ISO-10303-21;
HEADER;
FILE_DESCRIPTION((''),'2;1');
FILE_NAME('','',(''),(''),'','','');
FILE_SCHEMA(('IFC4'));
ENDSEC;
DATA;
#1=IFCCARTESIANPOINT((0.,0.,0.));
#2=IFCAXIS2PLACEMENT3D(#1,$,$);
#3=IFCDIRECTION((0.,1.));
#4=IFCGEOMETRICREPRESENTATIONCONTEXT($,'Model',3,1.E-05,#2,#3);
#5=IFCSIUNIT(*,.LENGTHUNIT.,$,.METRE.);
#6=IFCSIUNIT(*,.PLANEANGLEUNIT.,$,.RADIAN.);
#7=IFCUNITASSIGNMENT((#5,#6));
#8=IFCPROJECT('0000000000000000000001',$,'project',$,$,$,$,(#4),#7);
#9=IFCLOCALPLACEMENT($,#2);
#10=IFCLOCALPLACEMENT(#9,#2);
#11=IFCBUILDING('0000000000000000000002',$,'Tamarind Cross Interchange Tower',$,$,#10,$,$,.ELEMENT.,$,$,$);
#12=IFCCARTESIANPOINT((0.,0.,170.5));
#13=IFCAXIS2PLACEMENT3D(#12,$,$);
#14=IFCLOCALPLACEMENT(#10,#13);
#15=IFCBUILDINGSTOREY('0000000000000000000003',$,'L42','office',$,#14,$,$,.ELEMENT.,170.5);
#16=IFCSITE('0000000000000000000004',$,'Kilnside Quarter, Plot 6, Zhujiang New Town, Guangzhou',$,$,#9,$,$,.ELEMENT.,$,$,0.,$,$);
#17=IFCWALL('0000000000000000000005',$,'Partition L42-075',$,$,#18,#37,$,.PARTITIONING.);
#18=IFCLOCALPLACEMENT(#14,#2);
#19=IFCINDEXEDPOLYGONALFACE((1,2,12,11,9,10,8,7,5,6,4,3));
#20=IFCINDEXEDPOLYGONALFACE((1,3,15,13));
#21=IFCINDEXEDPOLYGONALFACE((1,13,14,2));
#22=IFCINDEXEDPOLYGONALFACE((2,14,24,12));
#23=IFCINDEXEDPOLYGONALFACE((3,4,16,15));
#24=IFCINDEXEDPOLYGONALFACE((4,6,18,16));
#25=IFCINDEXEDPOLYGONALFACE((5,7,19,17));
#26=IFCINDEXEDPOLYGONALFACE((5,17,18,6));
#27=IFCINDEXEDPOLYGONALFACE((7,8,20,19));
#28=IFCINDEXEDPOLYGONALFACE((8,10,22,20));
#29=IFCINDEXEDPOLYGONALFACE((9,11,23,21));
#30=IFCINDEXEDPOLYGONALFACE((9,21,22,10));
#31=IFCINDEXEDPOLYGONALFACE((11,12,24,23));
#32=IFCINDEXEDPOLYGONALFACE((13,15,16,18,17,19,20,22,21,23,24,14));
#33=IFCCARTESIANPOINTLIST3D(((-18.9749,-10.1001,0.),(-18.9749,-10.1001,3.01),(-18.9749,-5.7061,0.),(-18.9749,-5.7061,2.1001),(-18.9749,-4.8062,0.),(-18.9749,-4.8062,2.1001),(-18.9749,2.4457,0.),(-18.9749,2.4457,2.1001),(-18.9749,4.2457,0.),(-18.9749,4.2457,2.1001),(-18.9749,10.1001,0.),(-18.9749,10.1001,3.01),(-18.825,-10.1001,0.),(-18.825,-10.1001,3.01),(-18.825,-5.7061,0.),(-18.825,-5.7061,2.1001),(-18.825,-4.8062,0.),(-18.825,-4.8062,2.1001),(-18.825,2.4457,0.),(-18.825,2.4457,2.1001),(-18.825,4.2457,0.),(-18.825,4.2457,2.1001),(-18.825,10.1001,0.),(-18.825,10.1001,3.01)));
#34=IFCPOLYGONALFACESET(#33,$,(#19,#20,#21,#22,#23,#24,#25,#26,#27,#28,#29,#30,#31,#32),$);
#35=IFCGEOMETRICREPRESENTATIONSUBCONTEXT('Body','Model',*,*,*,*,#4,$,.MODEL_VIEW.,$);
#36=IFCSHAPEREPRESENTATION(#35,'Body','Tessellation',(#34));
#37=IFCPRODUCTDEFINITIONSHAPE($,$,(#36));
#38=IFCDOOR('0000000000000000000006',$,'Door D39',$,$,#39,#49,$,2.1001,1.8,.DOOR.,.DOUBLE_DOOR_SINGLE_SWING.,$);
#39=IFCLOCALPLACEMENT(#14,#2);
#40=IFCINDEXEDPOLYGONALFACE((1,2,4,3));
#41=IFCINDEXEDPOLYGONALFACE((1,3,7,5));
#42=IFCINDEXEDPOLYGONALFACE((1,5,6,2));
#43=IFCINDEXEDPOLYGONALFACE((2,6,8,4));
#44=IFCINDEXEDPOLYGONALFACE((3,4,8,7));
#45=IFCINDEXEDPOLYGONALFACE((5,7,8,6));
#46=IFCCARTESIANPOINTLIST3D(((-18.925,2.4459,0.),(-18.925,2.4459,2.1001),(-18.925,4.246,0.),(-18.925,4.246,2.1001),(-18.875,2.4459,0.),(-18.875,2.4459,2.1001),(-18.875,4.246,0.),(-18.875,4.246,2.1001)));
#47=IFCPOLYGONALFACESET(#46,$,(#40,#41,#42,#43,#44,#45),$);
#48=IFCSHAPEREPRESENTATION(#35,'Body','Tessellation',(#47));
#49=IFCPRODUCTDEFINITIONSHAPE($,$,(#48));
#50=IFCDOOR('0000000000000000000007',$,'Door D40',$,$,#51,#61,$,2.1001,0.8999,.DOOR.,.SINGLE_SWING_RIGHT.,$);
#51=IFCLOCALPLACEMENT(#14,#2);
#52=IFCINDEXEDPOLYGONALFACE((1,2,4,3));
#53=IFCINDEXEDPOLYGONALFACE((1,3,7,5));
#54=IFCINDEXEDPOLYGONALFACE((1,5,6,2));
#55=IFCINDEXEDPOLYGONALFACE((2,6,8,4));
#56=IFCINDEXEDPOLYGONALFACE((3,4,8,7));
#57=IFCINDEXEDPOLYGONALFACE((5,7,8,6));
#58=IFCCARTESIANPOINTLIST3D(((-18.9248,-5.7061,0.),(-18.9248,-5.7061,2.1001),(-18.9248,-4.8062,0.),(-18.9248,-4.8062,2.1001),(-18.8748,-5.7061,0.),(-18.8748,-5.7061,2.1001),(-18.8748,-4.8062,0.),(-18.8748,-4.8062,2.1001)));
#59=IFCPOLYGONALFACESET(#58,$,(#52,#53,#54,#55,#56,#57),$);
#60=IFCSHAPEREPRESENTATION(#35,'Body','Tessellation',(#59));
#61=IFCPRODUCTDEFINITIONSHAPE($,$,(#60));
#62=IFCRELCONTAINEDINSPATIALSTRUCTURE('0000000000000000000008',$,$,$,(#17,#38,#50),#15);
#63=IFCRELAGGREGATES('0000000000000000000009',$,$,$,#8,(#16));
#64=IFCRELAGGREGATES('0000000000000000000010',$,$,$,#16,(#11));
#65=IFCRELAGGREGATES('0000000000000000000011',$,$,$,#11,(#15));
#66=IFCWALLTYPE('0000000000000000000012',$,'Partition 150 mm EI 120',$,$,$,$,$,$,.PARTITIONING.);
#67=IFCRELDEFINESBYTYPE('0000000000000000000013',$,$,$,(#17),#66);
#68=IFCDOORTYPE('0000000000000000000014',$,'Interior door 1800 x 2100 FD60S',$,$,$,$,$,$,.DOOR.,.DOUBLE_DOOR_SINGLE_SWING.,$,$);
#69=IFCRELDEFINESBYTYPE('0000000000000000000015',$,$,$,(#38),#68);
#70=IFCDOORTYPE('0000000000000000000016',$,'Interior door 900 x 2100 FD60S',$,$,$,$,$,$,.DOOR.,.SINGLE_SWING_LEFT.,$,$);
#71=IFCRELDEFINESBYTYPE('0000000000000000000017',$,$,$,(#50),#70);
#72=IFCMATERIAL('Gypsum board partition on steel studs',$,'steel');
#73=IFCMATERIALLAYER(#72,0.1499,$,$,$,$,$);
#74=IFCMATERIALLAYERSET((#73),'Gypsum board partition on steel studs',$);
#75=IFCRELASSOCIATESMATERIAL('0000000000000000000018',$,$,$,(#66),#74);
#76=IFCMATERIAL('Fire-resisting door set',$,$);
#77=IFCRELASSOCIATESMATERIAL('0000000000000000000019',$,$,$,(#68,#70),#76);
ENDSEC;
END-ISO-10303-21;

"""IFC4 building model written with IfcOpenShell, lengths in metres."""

from ifc_helpers import new_model, si_unit, direction, frame, frame_2d, origin, place, context, subcontext, project, spatial, rectangle, extrude, material, layer, layer_set, type_object, element, fill, save


model = new_model("IFC4")

# Units and contexts
model_context = context("Model", 3, precision=1e-05, world=origin(), true_north=direction((0.0, 1.0)))
body_context = subcontext(model_context, "Body", "Model", "MODEL_VIEW")
ifc_project = project(units=[si_unit("LENGTHUNIT", "METRE"), si_unit("PLANEANGLEUNIT", "RADIAN")], contexts=[model_context])

# Site, building, storey
site_placement = place(None, origin())
site = spatial("IfcSite", under=ifc_project, at=site_placement, Name="Kilnside Quarter, Plot 6, Zhujiang New Town, Guangzhou", CompositionType="ELEMENT", RefElevation=0.0)
building_placement = place(site_placement, origin())
building = spatial("IfcBuilding", under=site, at=building_placement, Name="Tamarind Cross Interchange Tower", CompositionType="ELEMENT")
storey_placement = place(building_placement, frame((0.0, 0.0, 170.5)))
storey = spatial("IfcBuildingStorey", under=building, at=storey_placement, Name="L42", Description="office", CompositionType="ELEMENT", Elevation=170.5)

# Shared definitions
ifc_material_1 = material(Name="Gypsum board partition on steel studs", Category="steel")
ifc_layer_1 = layer(ifc_material_1, 0.1499)
ifc_layer_set_1 = layer_set([ifc_layer_1], Name="Gypsum board partition on steel studs")
wall_type_1 = type_object("IfcWallType", Name="Partition 150 mm EI 120", PredefinedType="PARTITIONING", material=ifc_layer_set_1)

# Wall, openings, doors
ifc_material_2 = material(Name="Fire-resisting door set")
door_type_1 = type_object("IfcDoorType", Name="Interior door 1800 x 2100 FD60S", OperationType="DOUBLE_DOOR_SINGLE_SWING", PredefinedType="DOOR", material=ifc_material_2)
wall_1_placement = place(storey_placement, frame((-18.8999, -10.1001, 0.0), z_axis=(0.0, 0.0, 1.0), x_axis=(0.0, 1.0, 0.0)))
wall_1 = element("IfcWall", 1, at=wall_1_placement, inside=storey, type_object=wall_type_1, Name="Partition L42-075", PredefinedType="PARTITIONING", context=body_context, shape_type="SweptSolid", body=[
    extrude(rectangle(XDim=20.2002, YDim=0.1499, at=frame_2d((10.1001, 0.0))), origin(), (0.0, 0.0, 1.0), 3.01),
])
opening_1_placement = place(wall_1_placement, frame((12.5459, 0.0, 0.0)))
opening_1 = element("IfcOpeningElement", 2, at=opening_1_placement, cuts=wall_1, PredefinedType="OPENING", context=body_context, shape_type="SweptSolid", body=[
    extrude(rectangle(XDim=1.8, YDim=2.1001, at=frame_2d((0.8999, 1.05))), frame((0.0, 0.085, 0.0), z_axis=(0.0, -1.0, 0.0), x_axis=(1.0, 0.0, 0.0)), (0.0, 0.0, 1.0), 0.1699),
])
opening_2_placement = place(wall_1_placement, frame((4.394, 0.0, 0.0)))
opening_2 = element("IfcOpeningElement", 3, at=opening_2_placement, cuts=wall_1, PredefinedType="OPENING", context=body_context, shape_type="SweptSolid", body=[
    extrude(rectangle(XDim=0.8999, YDim=2.1001, at=frame_2d((0.45, 1.05))), frame((0.0, 0.085, 0.0), z_axis=(0.0, -1.0, 0.0), x_axis=(1.0, 0.0, 0.0)), (0.0, 0.0, 1.0), 0.1699),
])
door_1_placement = place(opening_1_placement, frame((1.8, 0.0, 0.0), z_axis=(0.0, 0.0, 1.0), x_axis=(-1.0, 0.0, 0.0)))
door_1 = element("IfcDoor", 4, at=door_1_placement, inside=storey, type_object=door_type_1, Name="Door D39", OperationType="DOUBLE_DOOR_SINGLE_SWING", OverallHeight=2.1001, OverallWidth=1.8, PredefinedType="DOOR", context=body_context, shape_type="SweptSolid", body=[
    extrude(rectangle(XDim=1.8, YDim=2.1001, at=frame_2d((0.8999, 1.05))), frame((0.0, 0.0249, 0.0), z_axis=(0.0, -1.0, 0.0), x_axis=(1.0, 0.0, 0.0)), (0.0, 0.0, 1.0), 0.05),
])
fill(opening_1, door_1)
door_type_2 = type_object("IfcDoorType", Name="Interior door 900 x 2100 FD60S", OperationType="SINGLE_SWING_LEFT", PredefinedType="DOOR", material=ifc_material_2)
door_2_placement = place(opening_2_placement, origin())
door_2 = element("IfcDoor", 5, at=door_2_placement, inside=storey, type_object=door_type_2, Name="Door D40", OperationType="SINGLE_SWING_RIGHT", OverallHeight=2.1001, OverallWidth=0.8999, PredefinedType="DOOR", context=body_context, shape_type="SweptSolid", body=[
    extrude(rectangle(XDim=0.8999, YDim=2.1001, at=frame_2d((0.45, 1.05))), frame((0.0, 0.0249, 0.0), z_axis=(0.0, -1.0, 0.0), x_axis=(1.0, 0.0, 0.0)), (0.0, 0.0, 1.0), 0.05),
])
fill(opening_2, door_2)

save(model, "model.ifc")
